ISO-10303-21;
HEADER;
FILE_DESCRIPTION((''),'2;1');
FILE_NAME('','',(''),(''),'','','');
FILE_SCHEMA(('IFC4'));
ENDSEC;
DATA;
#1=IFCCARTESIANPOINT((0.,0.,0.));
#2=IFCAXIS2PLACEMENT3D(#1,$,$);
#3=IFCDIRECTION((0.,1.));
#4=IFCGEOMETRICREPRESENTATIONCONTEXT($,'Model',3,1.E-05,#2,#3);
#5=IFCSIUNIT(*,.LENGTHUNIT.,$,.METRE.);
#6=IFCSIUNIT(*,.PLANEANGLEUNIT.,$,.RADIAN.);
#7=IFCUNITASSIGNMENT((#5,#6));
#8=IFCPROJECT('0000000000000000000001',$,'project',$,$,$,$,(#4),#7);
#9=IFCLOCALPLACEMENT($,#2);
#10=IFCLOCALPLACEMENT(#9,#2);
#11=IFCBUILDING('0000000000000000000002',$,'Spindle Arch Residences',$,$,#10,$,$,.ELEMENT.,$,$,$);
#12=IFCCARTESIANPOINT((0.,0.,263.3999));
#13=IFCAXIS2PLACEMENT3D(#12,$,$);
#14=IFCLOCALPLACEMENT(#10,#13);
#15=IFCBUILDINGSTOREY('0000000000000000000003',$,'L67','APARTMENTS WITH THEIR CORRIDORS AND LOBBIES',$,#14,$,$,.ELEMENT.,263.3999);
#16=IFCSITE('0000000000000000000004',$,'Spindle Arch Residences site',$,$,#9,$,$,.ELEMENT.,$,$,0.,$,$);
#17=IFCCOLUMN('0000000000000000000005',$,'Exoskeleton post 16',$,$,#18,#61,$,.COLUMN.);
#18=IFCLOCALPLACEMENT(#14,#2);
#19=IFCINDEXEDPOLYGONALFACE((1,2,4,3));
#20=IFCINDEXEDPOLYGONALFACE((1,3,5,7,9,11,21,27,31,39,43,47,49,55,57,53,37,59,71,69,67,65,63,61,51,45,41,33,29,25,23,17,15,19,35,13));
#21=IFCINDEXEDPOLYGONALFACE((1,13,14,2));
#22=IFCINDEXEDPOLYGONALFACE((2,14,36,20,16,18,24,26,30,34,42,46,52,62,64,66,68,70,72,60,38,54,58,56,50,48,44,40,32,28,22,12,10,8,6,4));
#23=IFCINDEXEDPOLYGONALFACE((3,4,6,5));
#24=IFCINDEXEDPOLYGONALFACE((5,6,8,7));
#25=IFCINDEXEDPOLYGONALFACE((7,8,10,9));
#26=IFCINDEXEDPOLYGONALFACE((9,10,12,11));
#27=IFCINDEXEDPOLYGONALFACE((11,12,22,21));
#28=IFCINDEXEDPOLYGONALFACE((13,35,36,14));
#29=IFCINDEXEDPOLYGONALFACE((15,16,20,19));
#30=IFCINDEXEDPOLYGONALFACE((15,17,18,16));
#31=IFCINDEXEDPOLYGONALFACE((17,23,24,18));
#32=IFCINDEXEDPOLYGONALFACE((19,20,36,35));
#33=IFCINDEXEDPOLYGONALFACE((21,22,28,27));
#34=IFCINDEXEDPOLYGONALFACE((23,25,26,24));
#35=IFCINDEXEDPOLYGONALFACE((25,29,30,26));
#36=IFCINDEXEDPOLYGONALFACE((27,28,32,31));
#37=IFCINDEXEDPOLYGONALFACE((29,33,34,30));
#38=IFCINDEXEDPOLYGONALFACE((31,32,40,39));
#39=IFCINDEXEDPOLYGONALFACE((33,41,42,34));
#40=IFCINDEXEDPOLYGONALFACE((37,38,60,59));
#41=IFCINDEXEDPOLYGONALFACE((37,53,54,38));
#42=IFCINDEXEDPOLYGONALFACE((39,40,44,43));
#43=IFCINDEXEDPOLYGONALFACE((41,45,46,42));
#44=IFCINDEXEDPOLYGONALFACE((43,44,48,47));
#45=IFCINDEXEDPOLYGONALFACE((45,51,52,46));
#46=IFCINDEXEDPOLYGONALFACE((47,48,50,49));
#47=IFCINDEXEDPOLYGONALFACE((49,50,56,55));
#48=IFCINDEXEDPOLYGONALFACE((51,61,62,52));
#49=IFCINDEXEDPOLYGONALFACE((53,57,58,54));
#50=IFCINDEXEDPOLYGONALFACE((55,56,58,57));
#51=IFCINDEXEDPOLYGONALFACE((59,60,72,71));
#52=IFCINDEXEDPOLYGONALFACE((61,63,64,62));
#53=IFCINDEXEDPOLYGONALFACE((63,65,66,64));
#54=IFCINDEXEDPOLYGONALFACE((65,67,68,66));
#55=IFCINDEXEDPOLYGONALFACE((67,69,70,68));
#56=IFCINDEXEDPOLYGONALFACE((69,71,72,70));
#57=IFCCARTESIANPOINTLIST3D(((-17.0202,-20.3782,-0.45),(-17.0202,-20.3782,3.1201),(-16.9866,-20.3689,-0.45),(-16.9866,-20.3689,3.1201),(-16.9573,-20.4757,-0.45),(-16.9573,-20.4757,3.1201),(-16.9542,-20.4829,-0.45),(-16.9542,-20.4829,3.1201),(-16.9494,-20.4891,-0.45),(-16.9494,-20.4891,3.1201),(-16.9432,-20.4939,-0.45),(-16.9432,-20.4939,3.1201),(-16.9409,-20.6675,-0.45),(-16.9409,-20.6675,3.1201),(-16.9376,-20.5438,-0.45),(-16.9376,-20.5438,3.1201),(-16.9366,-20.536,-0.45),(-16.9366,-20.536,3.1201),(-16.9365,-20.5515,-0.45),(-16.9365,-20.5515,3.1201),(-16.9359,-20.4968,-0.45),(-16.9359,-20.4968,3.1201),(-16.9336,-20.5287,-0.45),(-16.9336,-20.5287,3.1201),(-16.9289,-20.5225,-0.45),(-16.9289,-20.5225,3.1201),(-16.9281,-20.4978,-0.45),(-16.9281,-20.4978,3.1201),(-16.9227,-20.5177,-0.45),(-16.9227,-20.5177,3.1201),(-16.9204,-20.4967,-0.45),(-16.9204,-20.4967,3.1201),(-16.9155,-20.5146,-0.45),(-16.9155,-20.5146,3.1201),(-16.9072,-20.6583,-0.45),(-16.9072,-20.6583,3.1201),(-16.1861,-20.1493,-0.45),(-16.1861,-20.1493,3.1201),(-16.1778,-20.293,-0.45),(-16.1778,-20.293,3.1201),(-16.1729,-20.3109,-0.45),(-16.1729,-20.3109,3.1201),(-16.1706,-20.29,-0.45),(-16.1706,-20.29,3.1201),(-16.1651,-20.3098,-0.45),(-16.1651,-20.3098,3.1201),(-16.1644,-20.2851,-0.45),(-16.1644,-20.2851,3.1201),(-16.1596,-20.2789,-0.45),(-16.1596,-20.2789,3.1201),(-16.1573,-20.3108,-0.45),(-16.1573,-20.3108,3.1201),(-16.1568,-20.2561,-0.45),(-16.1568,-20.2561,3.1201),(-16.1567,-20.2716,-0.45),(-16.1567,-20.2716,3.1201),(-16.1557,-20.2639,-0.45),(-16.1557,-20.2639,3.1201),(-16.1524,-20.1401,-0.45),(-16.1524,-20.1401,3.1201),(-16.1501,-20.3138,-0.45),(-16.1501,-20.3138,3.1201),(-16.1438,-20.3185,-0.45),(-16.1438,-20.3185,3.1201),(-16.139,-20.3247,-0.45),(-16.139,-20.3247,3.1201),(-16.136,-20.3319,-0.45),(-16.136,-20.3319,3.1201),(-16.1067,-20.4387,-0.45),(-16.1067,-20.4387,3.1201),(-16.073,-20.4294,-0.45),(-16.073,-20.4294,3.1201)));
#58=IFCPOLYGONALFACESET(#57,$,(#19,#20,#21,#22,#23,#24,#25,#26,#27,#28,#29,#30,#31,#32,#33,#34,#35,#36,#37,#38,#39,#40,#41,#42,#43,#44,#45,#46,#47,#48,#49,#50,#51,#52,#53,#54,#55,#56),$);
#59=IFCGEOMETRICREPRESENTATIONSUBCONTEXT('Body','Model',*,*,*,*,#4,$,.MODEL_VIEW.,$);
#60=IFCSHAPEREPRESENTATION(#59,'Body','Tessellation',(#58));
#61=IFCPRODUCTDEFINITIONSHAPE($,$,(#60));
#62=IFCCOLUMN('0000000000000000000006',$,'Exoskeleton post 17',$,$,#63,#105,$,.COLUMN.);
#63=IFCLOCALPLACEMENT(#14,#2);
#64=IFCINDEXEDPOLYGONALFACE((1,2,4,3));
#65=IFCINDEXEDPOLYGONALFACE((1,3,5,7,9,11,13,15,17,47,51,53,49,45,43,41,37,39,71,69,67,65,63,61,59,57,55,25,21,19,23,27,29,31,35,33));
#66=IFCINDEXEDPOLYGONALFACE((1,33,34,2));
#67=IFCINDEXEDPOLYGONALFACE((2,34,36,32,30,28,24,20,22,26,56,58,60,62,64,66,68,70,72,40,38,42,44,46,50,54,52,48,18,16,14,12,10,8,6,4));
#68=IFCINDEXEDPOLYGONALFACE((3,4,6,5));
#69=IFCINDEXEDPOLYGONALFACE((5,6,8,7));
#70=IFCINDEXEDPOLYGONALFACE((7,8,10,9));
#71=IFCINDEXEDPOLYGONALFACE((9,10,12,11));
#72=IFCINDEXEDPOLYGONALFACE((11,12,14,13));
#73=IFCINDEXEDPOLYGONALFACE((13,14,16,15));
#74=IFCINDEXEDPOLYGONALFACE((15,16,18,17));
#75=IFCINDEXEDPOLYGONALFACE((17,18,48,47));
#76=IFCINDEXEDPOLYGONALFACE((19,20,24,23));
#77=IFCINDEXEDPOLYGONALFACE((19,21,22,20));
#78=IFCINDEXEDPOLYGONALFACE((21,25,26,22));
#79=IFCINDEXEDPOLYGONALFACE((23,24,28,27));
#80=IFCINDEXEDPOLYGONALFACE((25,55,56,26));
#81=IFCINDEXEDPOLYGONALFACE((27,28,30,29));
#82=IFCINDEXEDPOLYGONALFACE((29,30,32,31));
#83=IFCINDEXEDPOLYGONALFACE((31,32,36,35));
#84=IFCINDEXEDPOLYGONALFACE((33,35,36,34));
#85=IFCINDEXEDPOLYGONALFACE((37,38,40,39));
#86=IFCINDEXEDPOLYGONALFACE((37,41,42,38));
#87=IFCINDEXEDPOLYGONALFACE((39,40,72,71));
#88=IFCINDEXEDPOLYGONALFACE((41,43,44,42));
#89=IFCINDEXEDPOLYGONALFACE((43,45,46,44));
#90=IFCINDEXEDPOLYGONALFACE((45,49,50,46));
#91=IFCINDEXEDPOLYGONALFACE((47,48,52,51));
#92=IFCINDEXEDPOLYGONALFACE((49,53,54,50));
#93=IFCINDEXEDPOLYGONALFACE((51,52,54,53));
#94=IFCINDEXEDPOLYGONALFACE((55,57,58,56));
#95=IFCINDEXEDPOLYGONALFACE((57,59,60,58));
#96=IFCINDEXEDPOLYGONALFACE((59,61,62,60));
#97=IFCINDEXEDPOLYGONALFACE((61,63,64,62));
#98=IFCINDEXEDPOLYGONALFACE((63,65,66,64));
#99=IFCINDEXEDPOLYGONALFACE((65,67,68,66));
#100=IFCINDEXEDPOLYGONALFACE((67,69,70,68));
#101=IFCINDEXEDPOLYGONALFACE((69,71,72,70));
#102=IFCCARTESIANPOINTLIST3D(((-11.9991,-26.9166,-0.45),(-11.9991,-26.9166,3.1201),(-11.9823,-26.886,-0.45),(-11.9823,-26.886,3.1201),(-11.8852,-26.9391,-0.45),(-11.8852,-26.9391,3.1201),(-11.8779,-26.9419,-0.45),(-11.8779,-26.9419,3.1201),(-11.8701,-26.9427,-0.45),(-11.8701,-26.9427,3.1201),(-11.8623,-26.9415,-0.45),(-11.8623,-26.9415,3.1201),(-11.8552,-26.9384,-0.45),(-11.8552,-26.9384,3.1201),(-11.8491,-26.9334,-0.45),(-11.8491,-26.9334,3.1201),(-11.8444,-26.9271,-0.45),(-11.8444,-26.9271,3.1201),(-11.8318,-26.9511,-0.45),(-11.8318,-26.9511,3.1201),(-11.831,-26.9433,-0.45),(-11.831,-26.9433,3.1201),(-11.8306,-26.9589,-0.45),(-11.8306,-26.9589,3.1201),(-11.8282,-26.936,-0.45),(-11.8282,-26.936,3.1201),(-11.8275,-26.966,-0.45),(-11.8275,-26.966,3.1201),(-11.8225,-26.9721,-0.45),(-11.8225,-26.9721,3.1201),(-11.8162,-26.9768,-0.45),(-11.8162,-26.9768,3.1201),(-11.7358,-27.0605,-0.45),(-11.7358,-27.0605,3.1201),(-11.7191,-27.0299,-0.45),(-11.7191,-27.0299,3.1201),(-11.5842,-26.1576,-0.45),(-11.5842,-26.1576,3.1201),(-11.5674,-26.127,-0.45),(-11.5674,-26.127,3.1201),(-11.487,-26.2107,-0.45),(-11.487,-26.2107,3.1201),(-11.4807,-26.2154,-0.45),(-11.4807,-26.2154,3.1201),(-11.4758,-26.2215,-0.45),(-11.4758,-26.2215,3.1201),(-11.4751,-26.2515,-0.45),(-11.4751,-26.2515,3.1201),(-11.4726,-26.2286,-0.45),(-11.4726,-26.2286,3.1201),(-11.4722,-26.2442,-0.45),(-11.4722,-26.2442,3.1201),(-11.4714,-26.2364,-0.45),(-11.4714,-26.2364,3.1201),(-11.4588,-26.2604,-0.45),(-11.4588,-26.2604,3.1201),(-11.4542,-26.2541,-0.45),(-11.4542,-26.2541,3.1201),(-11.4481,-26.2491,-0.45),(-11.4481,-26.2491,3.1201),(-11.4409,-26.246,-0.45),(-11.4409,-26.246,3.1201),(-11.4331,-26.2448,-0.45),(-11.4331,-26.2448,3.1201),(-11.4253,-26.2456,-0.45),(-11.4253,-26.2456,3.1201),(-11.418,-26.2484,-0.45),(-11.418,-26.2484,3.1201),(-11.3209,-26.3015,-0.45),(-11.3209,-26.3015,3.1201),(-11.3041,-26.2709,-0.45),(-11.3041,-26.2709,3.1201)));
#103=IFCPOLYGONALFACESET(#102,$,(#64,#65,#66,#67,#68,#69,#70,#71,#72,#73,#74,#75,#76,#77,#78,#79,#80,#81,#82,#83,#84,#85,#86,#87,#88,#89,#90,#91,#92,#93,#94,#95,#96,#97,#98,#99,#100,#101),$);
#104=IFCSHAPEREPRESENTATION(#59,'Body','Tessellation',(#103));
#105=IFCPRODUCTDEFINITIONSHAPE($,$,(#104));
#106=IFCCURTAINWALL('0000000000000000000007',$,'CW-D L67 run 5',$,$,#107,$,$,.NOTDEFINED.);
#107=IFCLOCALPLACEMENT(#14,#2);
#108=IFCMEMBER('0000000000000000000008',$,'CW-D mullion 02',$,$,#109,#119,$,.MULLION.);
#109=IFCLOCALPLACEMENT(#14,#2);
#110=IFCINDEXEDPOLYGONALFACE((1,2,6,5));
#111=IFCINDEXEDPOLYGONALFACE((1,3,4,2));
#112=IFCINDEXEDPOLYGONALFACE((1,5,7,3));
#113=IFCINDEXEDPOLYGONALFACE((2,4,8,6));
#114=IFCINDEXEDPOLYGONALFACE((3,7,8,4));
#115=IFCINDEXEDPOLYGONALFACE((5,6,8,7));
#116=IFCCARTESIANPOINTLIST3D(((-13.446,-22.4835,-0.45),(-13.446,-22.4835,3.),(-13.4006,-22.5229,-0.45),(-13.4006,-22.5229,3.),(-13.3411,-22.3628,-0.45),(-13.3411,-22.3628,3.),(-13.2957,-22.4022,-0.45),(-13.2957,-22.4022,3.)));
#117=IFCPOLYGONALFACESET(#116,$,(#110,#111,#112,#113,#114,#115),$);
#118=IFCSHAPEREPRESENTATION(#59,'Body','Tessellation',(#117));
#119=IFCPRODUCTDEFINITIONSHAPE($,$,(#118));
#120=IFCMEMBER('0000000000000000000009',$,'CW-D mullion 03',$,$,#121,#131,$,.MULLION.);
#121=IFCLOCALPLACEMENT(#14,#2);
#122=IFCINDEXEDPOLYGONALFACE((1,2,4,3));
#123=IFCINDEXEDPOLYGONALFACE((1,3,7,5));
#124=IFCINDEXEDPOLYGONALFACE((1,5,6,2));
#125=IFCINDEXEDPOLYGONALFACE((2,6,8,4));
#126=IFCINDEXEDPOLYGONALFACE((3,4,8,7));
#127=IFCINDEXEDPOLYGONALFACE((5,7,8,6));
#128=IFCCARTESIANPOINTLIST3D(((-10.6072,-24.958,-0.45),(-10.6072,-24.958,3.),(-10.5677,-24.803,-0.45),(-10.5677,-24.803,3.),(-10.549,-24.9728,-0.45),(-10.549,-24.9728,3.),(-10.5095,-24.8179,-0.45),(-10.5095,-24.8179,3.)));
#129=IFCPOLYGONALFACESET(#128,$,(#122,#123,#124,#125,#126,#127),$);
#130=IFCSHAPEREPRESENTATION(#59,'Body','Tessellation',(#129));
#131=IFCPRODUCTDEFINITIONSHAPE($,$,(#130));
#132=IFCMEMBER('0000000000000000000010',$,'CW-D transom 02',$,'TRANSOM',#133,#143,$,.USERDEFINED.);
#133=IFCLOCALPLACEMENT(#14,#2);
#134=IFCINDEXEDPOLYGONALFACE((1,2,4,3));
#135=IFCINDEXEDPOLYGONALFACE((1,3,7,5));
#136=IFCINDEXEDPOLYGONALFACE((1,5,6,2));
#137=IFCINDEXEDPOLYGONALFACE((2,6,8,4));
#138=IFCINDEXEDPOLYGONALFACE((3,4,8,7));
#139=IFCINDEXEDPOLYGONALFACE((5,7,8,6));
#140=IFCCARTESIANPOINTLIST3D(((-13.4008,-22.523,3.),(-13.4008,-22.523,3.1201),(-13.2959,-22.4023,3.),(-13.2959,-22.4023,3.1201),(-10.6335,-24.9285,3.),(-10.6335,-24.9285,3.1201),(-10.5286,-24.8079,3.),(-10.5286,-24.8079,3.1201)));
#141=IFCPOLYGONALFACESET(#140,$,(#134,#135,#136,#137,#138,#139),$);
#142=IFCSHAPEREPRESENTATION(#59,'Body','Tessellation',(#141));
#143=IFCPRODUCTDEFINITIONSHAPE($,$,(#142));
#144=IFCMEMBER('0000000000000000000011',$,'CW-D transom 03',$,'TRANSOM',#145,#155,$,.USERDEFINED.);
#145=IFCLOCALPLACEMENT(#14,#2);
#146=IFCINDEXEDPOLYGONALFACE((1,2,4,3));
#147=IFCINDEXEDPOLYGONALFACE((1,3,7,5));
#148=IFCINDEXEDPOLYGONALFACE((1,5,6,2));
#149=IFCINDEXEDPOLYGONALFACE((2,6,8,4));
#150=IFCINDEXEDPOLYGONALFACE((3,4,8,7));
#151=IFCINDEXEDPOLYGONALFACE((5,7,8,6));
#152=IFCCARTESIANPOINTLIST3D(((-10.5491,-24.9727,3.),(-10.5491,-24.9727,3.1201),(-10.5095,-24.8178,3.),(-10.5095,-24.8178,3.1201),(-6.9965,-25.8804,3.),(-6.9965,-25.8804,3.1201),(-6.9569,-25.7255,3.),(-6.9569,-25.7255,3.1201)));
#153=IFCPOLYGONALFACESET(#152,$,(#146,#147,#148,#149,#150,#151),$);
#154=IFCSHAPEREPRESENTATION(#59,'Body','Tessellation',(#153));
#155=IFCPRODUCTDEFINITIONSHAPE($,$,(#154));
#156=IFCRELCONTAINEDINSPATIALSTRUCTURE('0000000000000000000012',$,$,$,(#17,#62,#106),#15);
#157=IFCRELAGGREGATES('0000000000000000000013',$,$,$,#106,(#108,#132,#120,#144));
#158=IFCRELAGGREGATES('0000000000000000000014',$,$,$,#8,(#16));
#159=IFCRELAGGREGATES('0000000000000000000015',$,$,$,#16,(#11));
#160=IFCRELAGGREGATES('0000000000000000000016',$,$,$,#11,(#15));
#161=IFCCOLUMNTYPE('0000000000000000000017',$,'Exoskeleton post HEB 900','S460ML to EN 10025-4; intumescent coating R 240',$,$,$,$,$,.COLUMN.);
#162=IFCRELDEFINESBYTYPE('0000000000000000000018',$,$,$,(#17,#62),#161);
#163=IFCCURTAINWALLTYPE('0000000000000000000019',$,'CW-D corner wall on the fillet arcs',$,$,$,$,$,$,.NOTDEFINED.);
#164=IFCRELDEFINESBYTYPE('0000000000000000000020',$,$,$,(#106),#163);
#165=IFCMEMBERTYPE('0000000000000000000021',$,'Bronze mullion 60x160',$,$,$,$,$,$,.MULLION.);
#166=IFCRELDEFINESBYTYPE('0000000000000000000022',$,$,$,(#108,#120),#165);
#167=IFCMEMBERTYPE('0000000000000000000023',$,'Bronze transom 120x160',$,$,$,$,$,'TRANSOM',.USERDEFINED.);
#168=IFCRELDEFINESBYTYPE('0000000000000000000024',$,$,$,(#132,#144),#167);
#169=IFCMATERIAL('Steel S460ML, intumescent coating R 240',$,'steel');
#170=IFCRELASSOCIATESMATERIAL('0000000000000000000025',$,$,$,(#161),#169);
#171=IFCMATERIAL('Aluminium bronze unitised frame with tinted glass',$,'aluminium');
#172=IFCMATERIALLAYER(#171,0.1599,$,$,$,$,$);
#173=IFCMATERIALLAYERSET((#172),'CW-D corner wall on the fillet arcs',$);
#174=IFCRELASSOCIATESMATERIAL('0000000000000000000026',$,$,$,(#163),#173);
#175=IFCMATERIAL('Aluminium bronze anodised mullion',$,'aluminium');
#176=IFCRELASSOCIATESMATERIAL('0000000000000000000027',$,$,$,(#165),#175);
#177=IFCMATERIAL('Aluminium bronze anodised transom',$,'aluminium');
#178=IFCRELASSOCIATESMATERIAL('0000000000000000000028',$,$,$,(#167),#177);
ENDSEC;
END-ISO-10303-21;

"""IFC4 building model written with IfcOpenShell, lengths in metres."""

from ifc_helpers import new_model, si_unit, direction, frame, origin, origin_2d, place, context, subcontext, project, spatial, rectangle, i_section, extrude, material, layer, layer_set, material_profile, profile_set, type_object, element, aggregate, save


model = new_model("IFC4")

# Units and contexts
model_context = context("Model", 3, precision=1e-05, world=origin(), true_north=direction((0.0, 1.0)))
body_context = subcontext(model_context, "Body", "Model", "MODEL_VIEW")
ifc_project = project(units=[si_unit("LENGTHUNIT", "METRE"), si_unit("PLANEANGLEUNIT", "RADIAN")], contexts=[model_context])

# Site, building, storey
site_placement = place(None, origin())
site = spatial("IfcSite", under=ifc_project, at=site_placement, Name="Spindle Arch Residences site", CompositionType="ELEMENT", RefElevation=0.0)
building_placement = place(site_placement, origin())
building = spatial("IfcBuilding", under=site, at=building_placement, Name="Spindle Arch Residences", CompositionType="ELEMENT")
storey_placement = place(building_placement, frame((0.0, 0.0, 263.3999)))
storey = spatial("IfcBuildingStorey", under=building, at=storey_placement, Name="L67", Description="APARTMENTS WITH THEIR CORRIDORS AND LOBBIES", CompositionType="ELEMENT", Elevation=263.3999)

# Columns
ifc_material_1 = material(Name="Steel S460ML, intumescent coating R 240", Category="steel")
ifc_material_profile_1 = material_profile(ifc_material_1, i_section(OverallWidth=0.3, OverallDepth=0.8999, WebThickness=0.0186, FlangeThickness=0.0349, FilletRadius=0.03, at=origin_2d()), Name="HEB 900")
ifc_profile_set_1 = profile_set([ifc_material_profile_1], Name="Steel S460ML, intumescent coating R 240")
column_type = type_object("IfcColumnType", Name="Exoskeleton post HEB 900", Description="S460ML to EN 10025-4; intumescent coating R 240", PredefinedType="COLUMN", material=ifc_profile_set_1)
for number, where, z_axis, x_axis, name in (
    (1, (-16.5466, -20.4038, -0.45), (0.0, 0.0, 1.0), (-0.264569, 0.964367, 0.0), "Exoskeleton post 16"),
    (2, (-11.6516, -26.5938, -0.45), (0.0, 0.0, 1.0), (-0.877435, 0.479696, 0.0), "Exoskeleton post 17"),
):
    element("IfcColumn", number, at=place(storey_placement, frame(where, z_axis=z_axis, x_axis=x_axis)), inside=storey, type_object=column_type, Name=name, PredefinedType="COLUMN", context=body_context, shape_type="SweptSolid", body=[
        extrude(i_section(OverallWidth=0.3, OverallDepth=0.8999, WebThickness=0.0186, FlangeThickness=0.0349, FilletRadius=0.03, at=origin_2d()), origin(), (0.0, 0.0, 1.0), 3.5701),
    ])

# Curtain wall, members
ifc_material_2 = material(Name="Aluminium bronze unitised frame with tinted glass", Category="aluminium")
ifc_layer_1 = layer(ifc_material_2, 0.1599)
ifc_layer_set_1 = layer_set([ifc_layer_1], Name="CW-D corner wall on the fillet arcs")
curtain_wall_type = type_object("IfcCurtainWallType", Name="CW-D corner wall on the fillet arcs", PredefinedType="NOTDEFINED", material=ifc_layer_set_1)
curtain_wall_placement = place(storey_placement, origin())
curtain_wall = element("IfcCurtainWall", 3, at=curtain_wall_placement, inside=storey, type_object=curtain_wall_type, Name="CW-D L67 run 5", PredefinedType="NOTDEFINED")
ifc_material_3 = material(Name="Aluminium bronze anodised mullion", Category="aluminium")
ifc_material_profile_2 = material_profile(ifc_material_3, rectangle(XDim=0.1599, YDim=0.0601, at=origin_2d()), Name="MU 60x160")
ifc_profile_set_2 = profile_set([ifc_material_profile_2], Name="Aluminium bronze anodised mullion")
member_type_1 = type_object("IfcMemberType", Name="Bronze mullion 60x160", PredefinedType="MULLION", material=ifc_profile_set_2)
member_1_placement = place(storey_placement, frame((-13.3708, -22.4429, -0.45), z_axis=(0.0, 0.0, 1.0), x_axis=(0.656059, 0.75471, 0.0)))
member_1 = element("IfcMember", 4, at=member_1_placement, type_object=member_type_1, Name="CW-D mullion 02", PredefinedType="MULLION", context=body_context, shape_type="SweptSolid", body=[
    extrude(rectangle(XDim=0.1599, YDim=0.0601, at=origin_2d()), origin(), (0.0, 0.0, 1.0), 3.45),
])
member_2_placement = place(storey_placement, frame((-10.5583, -24.8879, -0.45), z_axis=(0.0, 0.0, 1.0), x_axis=(0.247563, 0.968872, 0.0)))
member_2 = element("IfcMember", 5, at=member_2_placement, type_object=member_type_1, Name="CW-D mullion 03", PredefinedType="MULLION", context=body_context, shape_type="SweptSolid", body=[
    extrude(rectangle(XDim=0.1599, YDim=0.0601, at=origin_2d()), origin(), (0.0, 0.0, 1.0), 3.45),
])
ifc_material_4 = material(Name="Aluminium bronze anodised transom", Category="aluminium")
ifc_material_profile_3 = material_profile(ifc_material_4, rectangle(XDim=0.1599, YDim=0.1201, at=origin_2d()), Name="TR 120x160")
ifc_profile_set_3 = profile_set([ifc_material_profile_3], Name="Aluminium bronze anodised transom")
member_type_2 = type_object("IfcMemberType", Name="Bronze transom 120x160", ElementType="TRANSOM", PredefinedType="USERDEFINED", material=ifc_profile_set_3)
member_3_placement = place(storey_placement, frame((-13.3484, -22.4626, 3.0601), z_axis=(0.754722, -0.656045, 0.0), x_axis=(0.656045, 0.754722, 0.0)))
member_3 = element("IfcMember", 6, at=member_3_placement, type_object=member_type_2, Name="CW-D transom 02", ObjectType="TRANSOM", PredefinedType="USERDEFINED", context=body_context, shape_type="SweptSolid", body=[
    extrude(rectangle(XDim=0.1599, YDim=0.1201, at=origin_2d()), origin(), (0.0, 0.0, 1.0), 3.6667),
])
member_4_placement = place(storey_placement, frame((-10.5293, -24.8953, 3.0601), z_axis=(0.968876, -0.247545, 0.0), x_axis=(0.247545, 0.968876, 0.0)))
member_4 = element("IfcMember", 7, at=member_4_placement, type_object=member_type_2, Name="CW-D transom 03", ObjectType="TRANSOM", PredefinedType="USERDEFINED", context=body_context, shape_type="SweptSolid", body=[
    extrude(rectangle(XDim=0.1599, YDim=0.1201, at=origin_2d()), origin(), (0.0, 0.0, 1.0), 3.6667),
])

aggregate(curtain_wall, [member_1, member_3, member_2, member_4])

save(model, "model.ifc")
